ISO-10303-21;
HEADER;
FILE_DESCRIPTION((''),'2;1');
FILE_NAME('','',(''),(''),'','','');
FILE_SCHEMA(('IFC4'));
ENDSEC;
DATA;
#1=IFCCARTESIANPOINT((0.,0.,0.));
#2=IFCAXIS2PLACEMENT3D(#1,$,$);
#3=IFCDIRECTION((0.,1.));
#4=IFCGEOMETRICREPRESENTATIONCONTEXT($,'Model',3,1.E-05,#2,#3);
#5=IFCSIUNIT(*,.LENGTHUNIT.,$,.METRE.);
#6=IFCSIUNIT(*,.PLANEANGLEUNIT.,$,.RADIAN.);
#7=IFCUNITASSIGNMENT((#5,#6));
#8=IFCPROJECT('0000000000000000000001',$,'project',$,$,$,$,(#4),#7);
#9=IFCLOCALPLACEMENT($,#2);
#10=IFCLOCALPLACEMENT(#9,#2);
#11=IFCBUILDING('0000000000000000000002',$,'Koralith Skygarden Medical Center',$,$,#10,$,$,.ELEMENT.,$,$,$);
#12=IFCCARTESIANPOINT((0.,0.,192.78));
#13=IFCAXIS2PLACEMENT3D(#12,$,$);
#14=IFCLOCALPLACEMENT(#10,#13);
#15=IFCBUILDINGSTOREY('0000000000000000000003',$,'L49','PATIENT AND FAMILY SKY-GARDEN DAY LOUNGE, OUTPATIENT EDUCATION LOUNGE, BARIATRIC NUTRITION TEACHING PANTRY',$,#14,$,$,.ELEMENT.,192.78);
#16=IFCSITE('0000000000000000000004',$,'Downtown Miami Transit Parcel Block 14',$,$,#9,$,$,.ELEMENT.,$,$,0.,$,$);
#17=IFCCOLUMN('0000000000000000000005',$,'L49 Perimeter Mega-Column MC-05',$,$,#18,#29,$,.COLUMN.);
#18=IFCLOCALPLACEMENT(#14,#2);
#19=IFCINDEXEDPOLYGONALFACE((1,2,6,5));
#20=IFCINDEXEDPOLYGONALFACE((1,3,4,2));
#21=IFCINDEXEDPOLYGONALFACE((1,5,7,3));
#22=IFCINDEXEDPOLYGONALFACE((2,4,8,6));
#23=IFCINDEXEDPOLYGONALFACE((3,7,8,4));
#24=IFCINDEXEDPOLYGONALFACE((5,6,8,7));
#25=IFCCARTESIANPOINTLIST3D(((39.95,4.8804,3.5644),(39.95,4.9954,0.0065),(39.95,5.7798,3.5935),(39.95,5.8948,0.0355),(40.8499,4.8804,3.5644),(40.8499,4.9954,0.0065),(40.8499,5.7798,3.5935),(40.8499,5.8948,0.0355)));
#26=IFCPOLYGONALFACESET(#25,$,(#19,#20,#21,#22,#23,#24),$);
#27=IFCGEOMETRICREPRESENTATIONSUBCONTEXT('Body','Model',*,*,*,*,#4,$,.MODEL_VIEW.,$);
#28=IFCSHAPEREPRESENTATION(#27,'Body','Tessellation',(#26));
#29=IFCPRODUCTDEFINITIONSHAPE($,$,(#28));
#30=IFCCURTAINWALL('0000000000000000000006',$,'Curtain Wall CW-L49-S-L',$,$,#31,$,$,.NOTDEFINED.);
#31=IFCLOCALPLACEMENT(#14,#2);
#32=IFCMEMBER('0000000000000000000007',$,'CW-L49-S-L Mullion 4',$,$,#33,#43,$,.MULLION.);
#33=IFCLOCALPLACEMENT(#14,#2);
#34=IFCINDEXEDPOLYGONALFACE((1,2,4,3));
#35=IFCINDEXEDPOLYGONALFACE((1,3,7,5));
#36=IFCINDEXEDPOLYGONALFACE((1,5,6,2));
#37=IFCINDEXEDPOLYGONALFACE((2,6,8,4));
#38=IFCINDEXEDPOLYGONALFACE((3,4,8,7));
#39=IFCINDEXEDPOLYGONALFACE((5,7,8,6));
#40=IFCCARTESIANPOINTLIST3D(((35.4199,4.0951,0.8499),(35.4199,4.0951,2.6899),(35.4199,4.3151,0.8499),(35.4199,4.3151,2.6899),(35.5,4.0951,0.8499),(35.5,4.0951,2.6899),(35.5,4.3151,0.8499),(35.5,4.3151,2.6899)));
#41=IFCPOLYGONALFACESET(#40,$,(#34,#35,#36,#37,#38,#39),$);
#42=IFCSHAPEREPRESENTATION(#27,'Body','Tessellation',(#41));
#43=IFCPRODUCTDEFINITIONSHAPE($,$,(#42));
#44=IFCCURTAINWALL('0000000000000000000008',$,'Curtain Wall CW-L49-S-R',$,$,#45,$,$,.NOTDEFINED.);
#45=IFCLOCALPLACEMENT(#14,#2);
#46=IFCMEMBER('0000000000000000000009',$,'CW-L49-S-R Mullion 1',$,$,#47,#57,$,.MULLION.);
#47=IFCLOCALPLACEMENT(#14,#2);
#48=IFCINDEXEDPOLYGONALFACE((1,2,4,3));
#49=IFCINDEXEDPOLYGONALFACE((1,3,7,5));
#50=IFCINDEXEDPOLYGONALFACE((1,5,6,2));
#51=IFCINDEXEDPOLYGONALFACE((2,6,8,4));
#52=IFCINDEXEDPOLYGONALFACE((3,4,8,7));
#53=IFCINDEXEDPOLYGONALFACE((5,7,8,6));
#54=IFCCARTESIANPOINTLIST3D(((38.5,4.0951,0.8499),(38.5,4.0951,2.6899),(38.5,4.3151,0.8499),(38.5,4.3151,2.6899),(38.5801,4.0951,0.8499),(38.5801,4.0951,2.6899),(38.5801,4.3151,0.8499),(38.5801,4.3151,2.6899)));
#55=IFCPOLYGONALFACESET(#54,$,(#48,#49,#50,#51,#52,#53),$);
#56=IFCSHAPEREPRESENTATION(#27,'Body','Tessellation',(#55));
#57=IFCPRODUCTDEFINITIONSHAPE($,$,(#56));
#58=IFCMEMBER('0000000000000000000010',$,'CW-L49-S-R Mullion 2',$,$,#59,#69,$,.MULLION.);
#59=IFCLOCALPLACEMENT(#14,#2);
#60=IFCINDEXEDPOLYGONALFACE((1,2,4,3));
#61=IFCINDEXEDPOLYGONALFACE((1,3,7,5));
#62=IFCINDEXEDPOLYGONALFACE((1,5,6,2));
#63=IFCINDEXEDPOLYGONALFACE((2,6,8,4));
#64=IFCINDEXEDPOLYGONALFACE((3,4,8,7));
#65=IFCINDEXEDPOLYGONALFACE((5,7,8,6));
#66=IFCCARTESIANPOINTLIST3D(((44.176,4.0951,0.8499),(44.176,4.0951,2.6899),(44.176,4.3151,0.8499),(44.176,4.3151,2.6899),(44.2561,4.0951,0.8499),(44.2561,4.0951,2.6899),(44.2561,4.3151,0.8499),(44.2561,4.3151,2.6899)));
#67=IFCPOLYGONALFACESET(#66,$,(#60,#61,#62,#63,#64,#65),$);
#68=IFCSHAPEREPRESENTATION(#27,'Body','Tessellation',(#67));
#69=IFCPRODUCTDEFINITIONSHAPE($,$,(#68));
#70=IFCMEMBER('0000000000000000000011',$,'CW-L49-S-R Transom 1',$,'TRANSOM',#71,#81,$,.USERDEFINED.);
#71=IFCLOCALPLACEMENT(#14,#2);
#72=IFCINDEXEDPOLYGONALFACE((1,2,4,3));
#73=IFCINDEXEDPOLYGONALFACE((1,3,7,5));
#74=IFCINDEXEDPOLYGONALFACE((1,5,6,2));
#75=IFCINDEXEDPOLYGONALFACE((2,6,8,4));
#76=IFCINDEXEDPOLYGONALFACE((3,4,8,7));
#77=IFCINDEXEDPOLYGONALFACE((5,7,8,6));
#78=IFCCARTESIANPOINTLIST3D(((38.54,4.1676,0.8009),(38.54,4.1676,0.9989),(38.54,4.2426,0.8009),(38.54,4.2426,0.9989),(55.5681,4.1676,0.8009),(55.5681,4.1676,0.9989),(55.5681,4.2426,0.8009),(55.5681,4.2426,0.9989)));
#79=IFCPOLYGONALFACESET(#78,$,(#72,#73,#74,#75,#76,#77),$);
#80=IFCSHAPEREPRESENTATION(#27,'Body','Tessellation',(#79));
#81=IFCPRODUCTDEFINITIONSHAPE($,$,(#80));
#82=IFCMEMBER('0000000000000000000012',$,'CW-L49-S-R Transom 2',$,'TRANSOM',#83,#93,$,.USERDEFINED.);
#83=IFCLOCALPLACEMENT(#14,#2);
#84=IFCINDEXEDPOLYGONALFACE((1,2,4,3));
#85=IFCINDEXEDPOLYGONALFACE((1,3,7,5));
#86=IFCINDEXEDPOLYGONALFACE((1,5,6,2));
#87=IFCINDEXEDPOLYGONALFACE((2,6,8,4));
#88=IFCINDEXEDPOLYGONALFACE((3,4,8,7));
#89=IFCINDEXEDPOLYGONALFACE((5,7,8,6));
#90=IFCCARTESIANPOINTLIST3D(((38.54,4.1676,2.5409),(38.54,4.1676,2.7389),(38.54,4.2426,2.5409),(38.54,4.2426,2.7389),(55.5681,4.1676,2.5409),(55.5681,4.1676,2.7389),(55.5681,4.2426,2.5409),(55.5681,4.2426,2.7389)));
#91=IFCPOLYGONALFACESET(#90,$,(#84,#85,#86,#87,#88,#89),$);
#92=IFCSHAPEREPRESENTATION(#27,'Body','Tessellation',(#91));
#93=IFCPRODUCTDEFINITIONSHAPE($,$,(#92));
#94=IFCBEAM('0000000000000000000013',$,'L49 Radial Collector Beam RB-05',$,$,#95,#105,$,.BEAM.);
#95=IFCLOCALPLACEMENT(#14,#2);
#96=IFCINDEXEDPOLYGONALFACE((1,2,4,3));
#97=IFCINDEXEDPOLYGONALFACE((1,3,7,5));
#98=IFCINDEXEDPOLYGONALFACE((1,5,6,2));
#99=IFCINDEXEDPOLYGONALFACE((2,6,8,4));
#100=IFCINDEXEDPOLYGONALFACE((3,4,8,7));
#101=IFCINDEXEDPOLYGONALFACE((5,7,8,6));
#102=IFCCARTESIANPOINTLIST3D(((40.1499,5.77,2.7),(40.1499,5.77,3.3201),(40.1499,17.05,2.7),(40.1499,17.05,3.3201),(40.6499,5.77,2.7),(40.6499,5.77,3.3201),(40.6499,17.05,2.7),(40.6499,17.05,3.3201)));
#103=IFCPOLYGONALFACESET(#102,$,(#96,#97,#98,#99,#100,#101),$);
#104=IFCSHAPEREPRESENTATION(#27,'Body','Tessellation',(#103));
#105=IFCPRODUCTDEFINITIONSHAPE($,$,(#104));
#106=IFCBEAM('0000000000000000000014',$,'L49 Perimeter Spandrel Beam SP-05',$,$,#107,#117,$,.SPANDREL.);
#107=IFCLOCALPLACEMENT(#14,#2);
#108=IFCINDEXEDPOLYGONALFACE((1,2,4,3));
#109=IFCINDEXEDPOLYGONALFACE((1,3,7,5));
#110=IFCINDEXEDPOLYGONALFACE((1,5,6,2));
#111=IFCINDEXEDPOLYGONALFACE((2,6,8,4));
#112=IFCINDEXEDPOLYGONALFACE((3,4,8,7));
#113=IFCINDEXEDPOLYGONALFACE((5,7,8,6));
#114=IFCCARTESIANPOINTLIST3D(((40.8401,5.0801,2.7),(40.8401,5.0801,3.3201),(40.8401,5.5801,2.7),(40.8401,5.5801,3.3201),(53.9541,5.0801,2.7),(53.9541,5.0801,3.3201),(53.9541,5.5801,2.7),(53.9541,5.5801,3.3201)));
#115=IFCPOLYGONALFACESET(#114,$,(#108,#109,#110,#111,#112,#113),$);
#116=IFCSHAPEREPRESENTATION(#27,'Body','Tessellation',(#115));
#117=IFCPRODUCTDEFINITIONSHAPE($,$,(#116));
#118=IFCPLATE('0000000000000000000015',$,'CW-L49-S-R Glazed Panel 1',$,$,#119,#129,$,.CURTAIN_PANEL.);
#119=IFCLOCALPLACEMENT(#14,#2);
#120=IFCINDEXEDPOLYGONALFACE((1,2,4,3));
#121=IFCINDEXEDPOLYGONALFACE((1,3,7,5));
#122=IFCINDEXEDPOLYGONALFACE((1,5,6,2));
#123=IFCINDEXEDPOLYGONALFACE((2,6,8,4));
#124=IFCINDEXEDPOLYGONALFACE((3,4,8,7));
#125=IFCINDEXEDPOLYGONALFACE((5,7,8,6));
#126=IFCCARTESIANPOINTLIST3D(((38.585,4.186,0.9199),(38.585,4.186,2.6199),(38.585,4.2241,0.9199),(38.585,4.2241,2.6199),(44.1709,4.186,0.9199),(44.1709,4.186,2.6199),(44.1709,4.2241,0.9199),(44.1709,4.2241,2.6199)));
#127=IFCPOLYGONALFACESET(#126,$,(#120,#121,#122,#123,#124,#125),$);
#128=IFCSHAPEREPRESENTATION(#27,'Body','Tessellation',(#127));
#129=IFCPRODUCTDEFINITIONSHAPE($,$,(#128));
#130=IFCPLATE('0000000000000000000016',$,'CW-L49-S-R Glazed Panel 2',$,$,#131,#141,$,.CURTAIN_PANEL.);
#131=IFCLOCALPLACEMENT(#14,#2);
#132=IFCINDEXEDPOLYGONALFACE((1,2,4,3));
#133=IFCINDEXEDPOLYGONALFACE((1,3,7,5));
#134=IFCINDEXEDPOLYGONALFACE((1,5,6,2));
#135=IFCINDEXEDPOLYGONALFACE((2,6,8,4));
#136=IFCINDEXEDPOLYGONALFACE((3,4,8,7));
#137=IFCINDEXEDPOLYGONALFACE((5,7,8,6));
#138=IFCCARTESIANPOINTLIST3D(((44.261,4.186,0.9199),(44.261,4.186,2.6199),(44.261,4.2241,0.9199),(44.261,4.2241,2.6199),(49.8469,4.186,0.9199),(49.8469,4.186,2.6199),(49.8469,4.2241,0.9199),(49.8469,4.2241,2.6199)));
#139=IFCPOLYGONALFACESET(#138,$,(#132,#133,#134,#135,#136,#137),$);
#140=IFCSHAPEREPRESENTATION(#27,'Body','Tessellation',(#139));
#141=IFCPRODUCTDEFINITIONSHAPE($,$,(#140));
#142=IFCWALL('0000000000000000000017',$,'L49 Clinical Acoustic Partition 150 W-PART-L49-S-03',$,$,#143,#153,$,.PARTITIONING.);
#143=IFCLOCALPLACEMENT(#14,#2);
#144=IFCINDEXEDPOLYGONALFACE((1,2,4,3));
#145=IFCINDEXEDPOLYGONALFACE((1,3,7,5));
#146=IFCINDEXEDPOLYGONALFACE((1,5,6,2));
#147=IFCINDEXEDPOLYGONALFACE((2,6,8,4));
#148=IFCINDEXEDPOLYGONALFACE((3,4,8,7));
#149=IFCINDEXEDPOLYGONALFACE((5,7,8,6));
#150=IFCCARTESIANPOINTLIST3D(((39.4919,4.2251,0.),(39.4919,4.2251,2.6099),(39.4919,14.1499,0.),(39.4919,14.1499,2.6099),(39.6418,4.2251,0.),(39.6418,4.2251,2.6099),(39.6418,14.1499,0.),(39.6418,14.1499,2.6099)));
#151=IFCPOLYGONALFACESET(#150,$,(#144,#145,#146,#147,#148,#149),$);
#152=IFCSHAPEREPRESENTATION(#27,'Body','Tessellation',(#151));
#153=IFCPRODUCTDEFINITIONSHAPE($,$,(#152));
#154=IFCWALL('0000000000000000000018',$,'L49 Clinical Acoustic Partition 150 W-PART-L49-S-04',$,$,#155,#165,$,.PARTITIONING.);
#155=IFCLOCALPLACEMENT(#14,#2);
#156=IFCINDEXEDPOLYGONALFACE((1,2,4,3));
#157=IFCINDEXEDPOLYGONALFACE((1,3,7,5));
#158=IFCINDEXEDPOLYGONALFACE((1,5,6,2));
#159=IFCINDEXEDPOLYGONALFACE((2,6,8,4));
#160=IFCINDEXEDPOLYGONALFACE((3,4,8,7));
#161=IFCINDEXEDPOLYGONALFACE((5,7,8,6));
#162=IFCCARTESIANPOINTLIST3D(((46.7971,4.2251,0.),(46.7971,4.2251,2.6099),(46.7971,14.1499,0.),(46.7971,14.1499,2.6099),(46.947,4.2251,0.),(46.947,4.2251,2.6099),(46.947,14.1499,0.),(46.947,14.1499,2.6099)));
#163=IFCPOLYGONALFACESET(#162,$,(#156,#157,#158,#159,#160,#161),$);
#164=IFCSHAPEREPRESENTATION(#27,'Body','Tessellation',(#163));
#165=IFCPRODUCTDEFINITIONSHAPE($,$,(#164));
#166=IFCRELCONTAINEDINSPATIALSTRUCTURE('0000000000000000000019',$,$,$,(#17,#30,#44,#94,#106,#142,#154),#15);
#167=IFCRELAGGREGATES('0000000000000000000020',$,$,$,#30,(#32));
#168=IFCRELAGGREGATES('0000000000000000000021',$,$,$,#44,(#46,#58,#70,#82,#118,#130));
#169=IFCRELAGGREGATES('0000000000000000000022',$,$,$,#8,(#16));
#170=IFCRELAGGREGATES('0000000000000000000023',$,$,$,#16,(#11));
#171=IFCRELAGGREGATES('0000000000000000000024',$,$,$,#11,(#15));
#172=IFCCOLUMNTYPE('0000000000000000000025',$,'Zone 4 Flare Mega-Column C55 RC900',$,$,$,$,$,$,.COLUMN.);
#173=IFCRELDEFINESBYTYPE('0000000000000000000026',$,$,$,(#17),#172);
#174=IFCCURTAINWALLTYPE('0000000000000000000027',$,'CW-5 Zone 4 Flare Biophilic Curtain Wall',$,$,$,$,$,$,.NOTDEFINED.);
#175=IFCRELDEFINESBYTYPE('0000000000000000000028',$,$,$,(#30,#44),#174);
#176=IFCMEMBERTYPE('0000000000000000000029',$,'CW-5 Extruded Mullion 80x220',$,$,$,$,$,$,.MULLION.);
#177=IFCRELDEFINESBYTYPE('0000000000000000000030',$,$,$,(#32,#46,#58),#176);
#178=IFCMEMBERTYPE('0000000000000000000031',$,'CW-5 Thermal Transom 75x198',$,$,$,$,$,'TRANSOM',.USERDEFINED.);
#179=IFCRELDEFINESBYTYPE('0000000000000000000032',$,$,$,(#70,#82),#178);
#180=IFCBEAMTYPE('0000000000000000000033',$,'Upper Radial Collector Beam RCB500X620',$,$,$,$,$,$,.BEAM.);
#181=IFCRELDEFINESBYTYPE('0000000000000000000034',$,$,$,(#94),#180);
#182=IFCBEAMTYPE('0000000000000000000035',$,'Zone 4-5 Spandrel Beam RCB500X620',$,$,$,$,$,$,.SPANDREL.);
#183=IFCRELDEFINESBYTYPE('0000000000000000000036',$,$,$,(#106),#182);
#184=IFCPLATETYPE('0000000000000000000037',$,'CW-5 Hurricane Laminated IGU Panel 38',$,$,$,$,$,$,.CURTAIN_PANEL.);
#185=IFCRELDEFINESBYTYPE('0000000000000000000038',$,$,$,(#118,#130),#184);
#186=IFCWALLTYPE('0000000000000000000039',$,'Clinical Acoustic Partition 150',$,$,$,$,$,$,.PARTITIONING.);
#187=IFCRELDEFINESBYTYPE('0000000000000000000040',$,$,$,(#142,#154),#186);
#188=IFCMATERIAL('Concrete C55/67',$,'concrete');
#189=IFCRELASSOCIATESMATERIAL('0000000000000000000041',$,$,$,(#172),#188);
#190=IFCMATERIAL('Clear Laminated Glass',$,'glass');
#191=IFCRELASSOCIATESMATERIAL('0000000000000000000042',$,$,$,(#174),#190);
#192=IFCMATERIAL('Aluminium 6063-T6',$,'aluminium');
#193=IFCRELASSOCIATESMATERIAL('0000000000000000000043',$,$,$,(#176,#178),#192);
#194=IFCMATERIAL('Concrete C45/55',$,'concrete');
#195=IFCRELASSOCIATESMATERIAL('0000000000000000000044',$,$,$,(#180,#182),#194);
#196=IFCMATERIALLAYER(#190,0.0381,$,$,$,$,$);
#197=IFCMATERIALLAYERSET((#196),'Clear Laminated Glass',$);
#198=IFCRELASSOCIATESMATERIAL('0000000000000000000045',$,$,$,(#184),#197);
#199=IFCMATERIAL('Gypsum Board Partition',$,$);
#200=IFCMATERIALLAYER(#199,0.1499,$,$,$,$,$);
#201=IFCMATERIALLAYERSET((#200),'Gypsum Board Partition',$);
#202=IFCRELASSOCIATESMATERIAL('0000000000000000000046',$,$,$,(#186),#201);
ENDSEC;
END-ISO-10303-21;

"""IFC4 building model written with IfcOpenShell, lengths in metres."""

from ifc_helpers import new_model, si_unit, direction, frame, frame_2d, origin, origin_2d, place, context, subcontext, project, spatial, rectangle, extrude, material, layer, layer_set, material_profile, profile_set, type_object, element, aggregate, save


model = new_model("IFC4")

# Units and contexts
model_context = context("Model", 3, precision=1e-05, world=origin(), true_north=direction((0.0, 1.0)))
body_context = subcontext(model_context, "Body", "Model", "MODEL_VIEW")
ifc_project = project(units=[si_unit("LENGTHUNIT", "METRE"), si_unit("PLANEANGLEUNIT", "RADIAN")], contexts=[model_context])

# Site, building, storey
site_placement = place(None, origin())
site = spatial("IfcSite", under=ifc_project, at=site_placement, Name="Downtown Miami Transit Parcel Block 14", CompositionType="ELEMENT", RefElevation=0.0)
building_placement = place(site_placement, origin())
building = spatial("IfcBuilding", under=site, at=building_placement, Name="Koralith Skygarden Medical Center", CompositionType="ELEMENT")
storey_placement = place(building_placement, frame((0.0, 0.0, 192.78)))
storey = spatial("IfcBuildingStorey", under=building, at=storey_placement, Name="L49", Description="PATIENT AND FAMILY SKY-GARDEN DAY LOUNGE, OUTPATIENT EDUCATION LOUNGE, BARIATRIC NUTRITION TEACHING PANTRY", CompositionType="ELEMENT", Elevation=192.78)

# Column
ifc_material_1 = material(Name="Concrete C55/67", Category="concrete")
ifc_material_profile_1 = material_profile(ifc_material_1, rectangle(XDim=0.8999, YDim=0.8999, at=origin_2d()), Name="RC900X900")
ifc_profile_set_1 = profile_set([ifc_material_profile_1], Name="Concrete C55/67")
column_type = type_object("IfcColumnType", Name="Zone 4 Flare Mega-Column C55 RC900", PredefinedType="COLUMN", material=ifc_profile_set_1)
column_placement = place(storey_placement, frame((40.3999, 5.4451, 0.021), z_axis=(0.0, -0.032303, 0.999478), x_axis=(1.0, 0.0, 0.0)))
element("IfcColumn", 1, at=column_placement, inside=storey, type_object=column_type, Name="L49 Perimeter Mega-Column MC-05", PredefinedType="COLUMN", context=body_context, shape_type="SweptSolid", body=[
    extrude(rectangle(XDim=0.8999, YDim=0.8999, at=origin_2d()), origin(), (0.0, 0.0, 1.0), 3.5598),
])

# Curtain wall, member
ifc_material_2 = material(Name="Clear Laminated Glass", Category="glass")
curtain_wall_type = type_object("IfcCurtainWallType", Name="CW-5 Zone 4 Flare Biophilic Curtain Wall", PredefinedType="NOTDEFINED", material=ifc_material_2)
curtain_wall_1_placement = place(storey_placement, origin())
curtain_wall_1 = element("IfcCurtainWall", 2, at=curtain_wall_1_placement, inside=storey, type_object=curtain_wall_type, Name="Curtain Wall CW-L49-S-L", PredefinedType="NOTDEFINED")
ifc_material_3 = material(Name="Aluminium 6063-T6", Category="aluminium")
ifc_material_profile_2 = material_profile(ifc_material_3, rectangle(XDim=0.0801, YDim=0.22, at=origin_2d()), Name="MUL80X220")
ifc_profile_set_2 = profile_set([ifc_material_profile_2], Name="Aluminium 6063-T6")
member_type_1 = type_object("IfcMemberType", Name="CW-5 Extruded Mullion 80x220", PredefinedType="MULLION", material=ifc_profile_set_2)
member_1_placement = place(storey_placement, frame((35.46, 4.2051, 0.8499), z_axis=(0.0, 0.0, 1.0), x_axis=(1.0, 0.0, 0.0)))
member_1 = element("IfcMember", 3, at=member_1_placement, type_object=member_type_1, Name="CW-L49-S-L Mullion 4", PredefinedType="MULLION", context=body_context, shape_type="SweptSolid", body=[
    extrude(rectangle(XDim=0.0801, YDim=0.22, at=origin_2d()), origin(), (0.0, 0.0, 1.0), 1.8401),
])
aggregate(curtain_wall_1, [member_1])

# Curtain wall, members
curtain_wall_2_placement = place(storey_placement, origin())
curtain_wall_2 = element("IfcCurtainWall", 4, at=curtain_wall_2_placement, inside=storey, type_object=curtain_wall_type, Name="Curtain Wall CW-L49-S-R", PredefinedType="NOTDEFINED")
member_2_placement = place(storey_placement, frame((38.54, 4.2051, 0.8499), z_axis=(0.0, 0.0, 1.0), x_axis=(1.0, 0.0, 0.0)))
member_2 = element("IfcMember", 5, at=member_2_placement, type_object=member_type_1, Name="CW-L49-S-R Mullion 1", PredefinedType="MULLION", context=body_context, shape_type="SweptSolid", body=[
    extrude(rectangle(XDim=0.0801, YDim=0.22, at=origin_2d()), origin(), (0.0, 0.0, 1.0), 1.8401),
])
member_3_placement = place(storey_placement, frame((44.2161, 4.2051, 0.8499), z_axis=(0.0, 0.0, 1.0), x_axis=(1.0, 0.0, 0.0)))
member_3 = element("IfcMember", 6, at=member_3_placement, type_object=member_type_1, Name="CW-L49-S-R Mullion 2", PredefinedType="MULLION", context=body_context, shape_type="SweptSolid", body=[
    extrude(rectangle(XDim=0.0801, YDim=0.22, at=origin_2d()), origin(), (0.0, 0.0, 1.0), 1.8401),
])
ifc_material_profile_3 = material_profile(ifc_material_3, rectangle(XDim=0.075, YDim=0.198, at=origin_2d()), Name="TRN75X198")
ifc_profile_set_3 = profile_set([ifc_material_profile_3], Name="Aluminium 6063-T6")
member_type_2 = type_object("IfcMemberType", Name="CW-5 Thermal Transom 75x198", ElementType="TRANSOM", PredefinedType="USERDEFINED", material=ifc_profile_set_3)
member_4_placement = place(storey_placement, frame((38.54, 4.2051, 0.8999), z_axis=(1.0, 0.0, 0.0), x_axis=(0.0, 1.0, 0.0)))
member_4 = element("IfcMember", 7, at=member_4_placement, type_object=member_type_2, Name="CW-L49-S-R Transom 1", ObjectType="TRANSOM", PredefinedType="USERDEFINED", context=body_context, shape_type="SweptSolid", body=[
    extrude(rectangle(XDim=0.075, YDim=0.198, at=origin_2d()), origin(), (0.0, 0.0, 1.0), 17.0281),
])
member_5_placement = place(storey_placement, frame((38.54, 4.2051, 2.6399), z_axis=(1.0, 0.0, 0.0), x_axis=(0.0, 1.0, 0.0)))
member_5 = element("IfcMember", 8, at=member_5_placement, type_object=member_type_2, Name="CW-L49-S-R Transom 2", ObjectType="TRANSOM", PredefinedType="USERDEFINED", context=body_context, shape_type="SweptSolid", body=[
    extrude(rectangle(XDim=0.075, YDim=0.198, at=origin_2d()), origin(), (0.0, 0.0, 1.0), 17.0281),
])

# Beams
ifc_material_4 = material(Name="Concrete C45/55", Category="concrete")
ifc_material_profile_4 = material_profile(ifc_material_4, rectangle(XDim=0.5, YDim=0.6201, at=origin_2d()), Name="RCB500X620")
ifc_profile_set_4 = profile_set([ifc_material_profile_4], Name="Concrete C45/55")
beam_type_1 = type_object("IfcBeamType", Name="Upper Radial Collector Beam RCB500X620", PredefinedType="BEAM", material=ifc_profile_set_4)
beam_1_placement = place(storey_placement, frame((40.3999, 17.05, 3.01), z_axis=(0.0, -1.0, 0.0), x_axis=(1.0, 0.0, 0.0)))
element("IfcBeam", 9, at=beam_1_placement, inside=storey, type_object=beam_type_1, Name="L49 Radial Collector Beam RB-05", PredefinedType="BEAM", context=body_context, shape_type="SweptSolid", body=[
    extrude(rectangle(XDim=0.5, YDim=0.6201, at=origin_2d()), origin(), (0.0, 0.0, 1.0), 11.28),
])
ifc_material_profile_5 = material_profile(ifc_material_4, rectangle(XDim=0.5, YDim=0.6201, at=origin_2d()), Name="RCB500X620")
ifc_profile_set_5 = profile_set([ifc_material_profile_5], Name="Concrete C45/55")
beam_type_2 = type_object("IfcBeamType", Name="Zone 4-5 Spandrel Beam RCB500X620", PredefinedType="SPANDREL", material=ifc_profile_set_5)
beam_2_placement = place(storey_placement, frame((40.8401, 5.3301, 3.01), z_axis=(1.0, 0.0, 0.0), x_axis=(0.0, 1.0, 0.0)))
element("IfcBeam", 10, at=beam_2_placement, inside=storey, type_object=beam_type_2, Name="L49 Perimeter Spandrel Beam SP-05", PredefinedType="SPANDREL", context=body_context, shape_type="SweptSolid", body=[
    extrude(rectangle(XDim=0.5, YDim=0.6201, at=origin_2d()), origin(), (0.0, 0.0, 1.0), 13.114),
])

# Plates
ifc_layer_1 = layer(ifc_material_2, 0.0381)
ifc_layer_set_1 = layer_set([ifc_layer_1], Name="Clear Laminated Glass")
plate_type = type_object("IfcPlateType", Name="CW-5 Hurricane Laminated IGU Panel 38", PredefinedType="CURTAIN_PANEL", material=ifc_layer_set_1)
plate_1_placement = place(storey_placement, frame((41.3779, 4.2051, 0.9199), z_axis=(0.0, 0.0, 1.0), x_axis=(1.0, 0.0, 0.0)))
plate_1 = element("IfcPlate", 11, at=plate_1_placement, type_object=plate_type, Name="CW-L49-S-R Glazed Panel 1", PredefinedType="CURTAIN_PANEL", context=body_context, shape_type="SweptSolid", body=[
    extrude(rectangle(XDim=5.5859, YDim=0.0381, at=origin_2d()), origin(), (0.0, 0.0, 1.0), 1.7),
])
plate_2_placement = place(storey_placement, frame((47.054, 4.2051, 0.9199), z_axis=(0.0, 0.0, 1.0), x_axis=(1.0, 0.0, 0.0)))
plate_2 = element("IfcPlate", 12, at=plate_2_placement, type_object=plate_type, Name="CW-L49-S-R Glazed Panel 2", PredefinedType="CURTAIN_PANEL", context=body_context, shape_type="SweptSolid", body=[
    extrude(rectangle(XDim=5.5859, YDim=0.0381, at=origin_2d()), origin(), (0.0, 0.0, 1.0), 1.7),
])
aggregate(curtain_wall_2, [member_2, member_3, member_4, member_5, plate_1, plate_2])

# Walls
ifc_material_5 = material(Name="Gypsum Board Partition")
ifc_layer_2 = layer(ifc_material_5, 0.1499)
ifc_layer_set_2 = layer_set([ifc_layer_2], Name="Gypsum Board Partition")
wall_type_1 = type_object("IfcWallType", Name="Clinical Acoustic Partition 150", PredefinedType="PARTITIONING", material=ifc_layer_set_2)
for number, where, z_axis, x_axis, name in (
    (13, (39.5669, 14.1499, 0.0), (0.0, 0.0, 1.0), (0.0, -1.0, 0.0), "L49 Clinical Acoustic Partition 150 W-PART-L49-S-03"),
    (14, (46.8721, 14.1499, 0.0), (0.0, 0.0, 1.0), (0.0, -1.0, 0.0), "L49 Clinical Acoustic Partition 150 W-PART-L49-S-04"),
):
    element("IfcWall", number, at=place(storey_placement, frame(where, z_axis=z_axis, x_axis=x_axis)), inside=storey, type_object=wall_type_1, Name=name, PredefinedType="PARTITIONING", context=body_context, shape_type="SweptSolid", body=[
        extrude(rectangle(XDim=9.9248, YDim=0.1499, at=frame_2d((4.9624, 0.0))), origin(), (0.0, 0.0, 1.0), 2.6099),
    ])

save(model, "model.ifc")
